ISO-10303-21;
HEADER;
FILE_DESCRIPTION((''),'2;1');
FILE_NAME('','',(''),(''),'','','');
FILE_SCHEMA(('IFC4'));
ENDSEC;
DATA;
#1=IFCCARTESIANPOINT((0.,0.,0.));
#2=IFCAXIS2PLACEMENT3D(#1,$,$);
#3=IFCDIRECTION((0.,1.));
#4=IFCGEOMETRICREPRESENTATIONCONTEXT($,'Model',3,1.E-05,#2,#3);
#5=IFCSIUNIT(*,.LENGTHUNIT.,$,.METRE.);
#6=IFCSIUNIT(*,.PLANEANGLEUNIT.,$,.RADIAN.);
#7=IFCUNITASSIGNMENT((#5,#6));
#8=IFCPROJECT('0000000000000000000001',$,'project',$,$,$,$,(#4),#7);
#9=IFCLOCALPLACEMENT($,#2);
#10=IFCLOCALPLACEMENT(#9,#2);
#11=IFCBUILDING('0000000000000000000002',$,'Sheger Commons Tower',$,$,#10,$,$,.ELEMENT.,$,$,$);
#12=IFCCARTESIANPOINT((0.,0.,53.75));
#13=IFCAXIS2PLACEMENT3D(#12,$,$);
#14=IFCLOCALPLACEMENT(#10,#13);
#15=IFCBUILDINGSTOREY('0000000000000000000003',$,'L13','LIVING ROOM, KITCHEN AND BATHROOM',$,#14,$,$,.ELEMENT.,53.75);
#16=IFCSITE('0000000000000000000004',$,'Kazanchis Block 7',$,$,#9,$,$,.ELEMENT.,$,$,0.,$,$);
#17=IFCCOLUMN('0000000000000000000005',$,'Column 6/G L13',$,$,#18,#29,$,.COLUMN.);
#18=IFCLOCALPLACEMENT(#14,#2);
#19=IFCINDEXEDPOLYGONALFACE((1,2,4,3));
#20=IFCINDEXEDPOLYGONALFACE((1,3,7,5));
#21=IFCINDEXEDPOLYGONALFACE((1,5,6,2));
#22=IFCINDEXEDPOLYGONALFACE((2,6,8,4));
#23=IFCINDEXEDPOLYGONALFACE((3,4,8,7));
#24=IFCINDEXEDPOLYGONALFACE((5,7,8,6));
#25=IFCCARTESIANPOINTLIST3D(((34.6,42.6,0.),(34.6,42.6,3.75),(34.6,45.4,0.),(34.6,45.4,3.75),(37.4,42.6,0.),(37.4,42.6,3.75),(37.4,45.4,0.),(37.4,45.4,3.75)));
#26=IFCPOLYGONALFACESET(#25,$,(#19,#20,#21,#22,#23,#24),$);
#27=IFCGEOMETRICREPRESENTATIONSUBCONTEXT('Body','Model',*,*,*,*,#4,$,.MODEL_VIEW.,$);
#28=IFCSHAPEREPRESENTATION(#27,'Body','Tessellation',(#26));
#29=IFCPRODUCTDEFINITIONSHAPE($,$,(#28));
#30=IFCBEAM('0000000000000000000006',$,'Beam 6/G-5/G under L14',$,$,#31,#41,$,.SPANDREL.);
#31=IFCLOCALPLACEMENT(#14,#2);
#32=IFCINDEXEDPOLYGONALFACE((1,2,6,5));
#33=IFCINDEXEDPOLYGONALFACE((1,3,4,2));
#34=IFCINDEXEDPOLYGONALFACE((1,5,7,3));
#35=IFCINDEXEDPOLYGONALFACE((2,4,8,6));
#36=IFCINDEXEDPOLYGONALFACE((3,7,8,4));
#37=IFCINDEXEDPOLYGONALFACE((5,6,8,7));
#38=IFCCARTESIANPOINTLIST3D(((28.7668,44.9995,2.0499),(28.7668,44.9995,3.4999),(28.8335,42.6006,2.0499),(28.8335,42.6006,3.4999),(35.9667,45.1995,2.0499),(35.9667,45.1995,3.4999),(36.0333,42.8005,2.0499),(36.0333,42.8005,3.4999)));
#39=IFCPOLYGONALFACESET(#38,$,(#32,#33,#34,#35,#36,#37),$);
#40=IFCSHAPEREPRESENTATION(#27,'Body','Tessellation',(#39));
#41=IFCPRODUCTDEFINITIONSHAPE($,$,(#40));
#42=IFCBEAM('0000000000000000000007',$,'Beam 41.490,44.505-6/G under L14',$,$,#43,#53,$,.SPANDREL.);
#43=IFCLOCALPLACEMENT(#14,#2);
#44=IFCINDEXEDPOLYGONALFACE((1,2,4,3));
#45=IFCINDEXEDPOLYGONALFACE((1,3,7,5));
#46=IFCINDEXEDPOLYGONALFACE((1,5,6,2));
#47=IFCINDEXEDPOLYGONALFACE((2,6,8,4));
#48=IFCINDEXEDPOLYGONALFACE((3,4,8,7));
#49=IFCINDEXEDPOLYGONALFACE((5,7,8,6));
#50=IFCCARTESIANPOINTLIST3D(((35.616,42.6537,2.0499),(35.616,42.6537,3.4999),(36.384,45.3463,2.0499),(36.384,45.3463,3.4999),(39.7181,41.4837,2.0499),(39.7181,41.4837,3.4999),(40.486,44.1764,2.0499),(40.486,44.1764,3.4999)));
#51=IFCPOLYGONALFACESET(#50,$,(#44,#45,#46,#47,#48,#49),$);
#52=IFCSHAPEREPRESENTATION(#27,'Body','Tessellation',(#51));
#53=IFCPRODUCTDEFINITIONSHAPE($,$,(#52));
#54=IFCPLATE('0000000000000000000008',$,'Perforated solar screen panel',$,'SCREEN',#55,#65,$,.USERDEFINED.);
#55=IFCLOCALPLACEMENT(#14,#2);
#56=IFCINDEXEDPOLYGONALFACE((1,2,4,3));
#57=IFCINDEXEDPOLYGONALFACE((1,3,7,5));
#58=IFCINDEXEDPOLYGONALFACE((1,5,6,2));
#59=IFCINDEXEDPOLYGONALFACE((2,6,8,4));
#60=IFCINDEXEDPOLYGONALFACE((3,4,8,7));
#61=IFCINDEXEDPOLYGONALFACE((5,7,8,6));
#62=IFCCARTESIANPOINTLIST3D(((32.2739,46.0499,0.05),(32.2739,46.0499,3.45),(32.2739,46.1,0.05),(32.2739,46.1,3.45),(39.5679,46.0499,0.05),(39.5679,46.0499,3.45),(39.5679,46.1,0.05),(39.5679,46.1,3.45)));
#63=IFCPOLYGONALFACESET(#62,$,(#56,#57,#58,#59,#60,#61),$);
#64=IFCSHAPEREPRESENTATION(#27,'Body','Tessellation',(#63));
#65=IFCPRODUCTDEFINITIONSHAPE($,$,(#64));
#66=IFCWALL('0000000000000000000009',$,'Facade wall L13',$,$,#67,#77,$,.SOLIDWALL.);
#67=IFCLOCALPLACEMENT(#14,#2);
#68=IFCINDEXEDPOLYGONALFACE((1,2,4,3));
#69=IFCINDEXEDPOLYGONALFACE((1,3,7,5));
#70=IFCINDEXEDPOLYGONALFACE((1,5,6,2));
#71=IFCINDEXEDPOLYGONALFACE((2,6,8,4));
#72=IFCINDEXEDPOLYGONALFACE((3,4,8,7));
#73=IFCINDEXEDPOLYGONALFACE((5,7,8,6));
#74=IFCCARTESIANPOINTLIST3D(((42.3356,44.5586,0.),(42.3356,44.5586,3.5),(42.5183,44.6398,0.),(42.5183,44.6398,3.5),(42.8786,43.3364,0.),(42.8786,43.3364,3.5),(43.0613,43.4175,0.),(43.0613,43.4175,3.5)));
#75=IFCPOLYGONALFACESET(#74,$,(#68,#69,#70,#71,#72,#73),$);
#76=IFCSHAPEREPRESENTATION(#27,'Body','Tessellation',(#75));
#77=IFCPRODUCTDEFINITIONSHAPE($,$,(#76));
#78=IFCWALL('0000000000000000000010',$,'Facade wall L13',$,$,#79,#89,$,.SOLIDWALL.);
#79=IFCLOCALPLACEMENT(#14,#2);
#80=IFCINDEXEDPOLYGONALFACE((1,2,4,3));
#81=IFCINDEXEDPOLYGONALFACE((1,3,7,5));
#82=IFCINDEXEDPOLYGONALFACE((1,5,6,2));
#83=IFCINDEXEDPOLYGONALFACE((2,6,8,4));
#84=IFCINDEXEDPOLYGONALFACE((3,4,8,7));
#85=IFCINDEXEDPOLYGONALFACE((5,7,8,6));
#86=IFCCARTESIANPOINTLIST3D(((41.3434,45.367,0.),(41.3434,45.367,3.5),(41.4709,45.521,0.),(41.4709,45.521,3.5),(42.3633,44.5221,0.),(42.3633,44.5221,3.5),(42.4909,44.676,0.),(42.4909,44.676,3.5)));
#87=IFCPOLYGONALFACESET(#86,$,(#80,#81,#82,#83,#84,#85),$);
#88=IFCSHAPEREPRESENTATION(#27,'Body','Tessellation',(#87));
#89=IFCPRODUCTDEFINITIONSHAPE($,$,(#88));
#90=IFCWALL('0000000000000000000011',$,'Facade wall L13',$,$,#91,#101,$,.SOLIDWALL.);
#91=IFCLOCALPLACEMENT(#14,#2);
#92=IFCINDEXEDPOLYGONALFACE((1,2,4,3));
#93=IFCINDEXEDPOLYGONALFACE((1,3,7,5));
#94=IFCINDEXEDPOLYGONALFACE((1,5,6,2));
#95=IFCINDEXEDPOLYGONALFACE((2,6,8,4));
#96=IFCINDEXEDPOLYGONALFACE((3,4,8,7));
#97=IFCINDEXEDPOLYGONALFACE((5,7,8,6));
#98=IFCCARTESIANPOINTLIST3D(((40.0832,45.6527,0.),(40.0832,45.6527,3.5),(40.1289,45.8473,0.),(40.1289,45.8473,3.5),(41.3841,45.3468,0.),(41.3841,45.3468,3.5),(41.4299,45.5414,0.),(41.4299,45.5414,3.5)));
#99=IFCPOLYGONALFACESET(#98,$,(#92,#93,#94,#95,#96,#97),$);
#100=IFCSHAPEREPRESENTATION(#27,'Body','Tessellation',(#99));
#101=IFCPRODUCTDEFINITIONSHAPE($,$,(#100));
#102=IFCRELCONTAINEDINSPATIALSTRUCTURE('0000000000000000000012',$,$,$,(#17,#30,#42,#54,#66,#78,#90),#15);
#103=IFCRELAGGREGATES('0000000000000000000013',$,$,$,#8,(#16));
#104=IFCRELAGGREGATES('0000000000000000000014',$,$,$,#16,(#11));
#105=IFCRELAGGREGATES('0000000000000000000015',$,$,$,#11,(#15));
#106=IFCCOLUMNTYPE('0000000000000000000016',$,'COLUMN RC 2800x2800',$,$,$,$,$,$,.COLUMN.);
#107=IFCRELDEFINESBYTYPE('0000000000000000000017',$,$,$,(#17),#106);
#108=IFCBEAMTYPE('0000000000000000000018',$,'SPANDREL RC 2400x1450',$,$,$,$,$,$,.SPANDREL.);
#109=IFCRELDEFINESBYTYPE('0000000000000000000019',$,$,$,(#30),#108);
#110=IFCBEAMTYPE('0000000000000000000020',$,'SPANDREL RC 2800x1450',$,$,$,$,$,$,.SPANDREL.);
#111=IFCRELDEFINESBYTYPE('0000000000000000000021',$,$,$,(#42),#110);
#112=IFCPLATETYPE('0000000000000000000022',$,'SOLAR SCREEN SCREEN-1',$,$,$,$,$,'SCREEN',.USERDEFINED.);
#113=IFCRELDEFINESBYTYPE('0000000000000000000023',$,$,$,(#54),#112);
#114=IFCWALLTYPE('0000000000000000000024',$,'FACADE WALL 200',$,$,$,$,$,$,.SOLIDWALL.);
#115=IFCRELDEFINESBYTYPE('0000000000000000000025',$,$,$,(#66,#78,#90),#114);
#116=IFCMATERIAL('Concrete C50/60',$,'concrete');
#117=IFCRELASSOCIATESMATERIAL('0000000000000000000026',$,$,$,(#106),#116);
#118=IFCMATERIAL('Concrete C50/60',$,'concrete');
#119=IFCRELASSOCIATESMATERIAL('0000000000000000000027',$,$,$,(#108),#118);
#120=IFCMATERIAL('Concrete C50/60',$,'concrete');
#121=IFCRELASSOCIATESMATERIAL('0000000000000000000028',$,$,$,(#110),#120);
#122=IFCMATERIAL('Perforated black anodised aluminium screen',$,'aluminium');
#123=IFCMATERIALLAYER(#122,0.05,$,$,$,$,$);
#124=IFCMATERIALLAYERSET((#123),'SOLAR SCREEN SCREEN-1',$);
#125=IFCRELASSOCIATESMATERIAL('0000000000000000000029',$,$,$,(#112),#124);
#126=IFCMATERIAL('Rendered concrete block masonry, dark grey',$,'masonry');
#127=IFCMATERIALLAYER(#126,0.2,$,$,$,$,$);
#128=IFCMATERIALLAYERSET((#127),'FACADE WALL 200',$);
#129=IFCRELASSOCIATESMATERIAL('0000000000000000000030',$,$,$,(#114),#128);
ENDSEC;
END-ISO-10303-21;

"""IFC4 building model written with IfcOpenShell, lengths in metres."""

from ifc_helpers import new_model, si_unit, direction, frame, frame_2d, origin, origin_2d, place, context, subcontext, project, spatial, rectangle, extrude, material, layer, layer_set, material_profile, profile_set, type_object, element, save


model = new_model("IFC4")

# Units and contexts
model_context = context("Model", 3, precision=1e-05, world=origin(), true_north=direction((0.0, 1.0)))
body_context = subcontext(model_context, "Body", "Model", "MODEL_VIEW")
ifc_project = project(units=[si_unit("LENGTHUNIT", "METRE"), si_unit("PLANEANGLEUNIT", "RADIAN")], contexts=[model_context])

# Site, building, storey
site_placement = place(None, origin())
site = spatial("IfcSite", under=ifc_project, at=site_placement, Name="Kazanchis Block 7", CompositionType="ELEMENT", RefElevation=0.0)
building_placement = place(site_placement, origin())
building = spatial("IfcBuilding", under=site, at=building_placement, Name="Sheger Commons Tower", CompositionType="ELEMENT")
storey_placement = place(building_placement, frame((0.0, 0.0, 53.75)))
storey = spatial("IfcBuildingStorey", under=building, at=storey_placement, Name="L13", Description="LIVING ROOM, KITCHEN AND BATHROOM", CompositionType="ELEMENT", Elevation=53.75)

# Column
ifc_material_1 = material(Name="Concrete C50/60", Category="concrete")
ifc_material_profile_1 = material_profile(ifc_material_1, rectangle(XDim=2.8, YDim=2.8, at=origin_2d()), Name="RC 2800x2800")
ifc_profile_set_1 = profile_set([ifc_material_profile_1], Name="Concrete C50/60")
column_type = type_object("IfcColumnType", Name="COLUMN RC 2800x2800", PredefinedType="COLUMN", material=ifc_profile_set_1)
column_placement = place(storey_placement, frame((36.0, 44.0, 0.0), z_axis=(0.0, 0.0, 1.0), x_axis=(1.0, 0.0, 0.0)))
element("IfcColumn", 1, at=column_placement, inside=storey, type_object=column_type, Name="Column 6/G L13", PredefinedType="COLUMN", context=body_context, shape_type="SweptSolid", body=[
    extrude(rectangle(XDim=2.8, YDim=2.8, at=origin_2d()), origin(), (0.0, 0.0, 1.0), 3.75),
])

# Beams
ifc_material_2 = material(Name="Concrete C50/60", Category="concrete")
ifc_material_profile_2 = material_profile(ifc_material_2, rectangle(XDim=2.3999, YDim=1.45, at=origin_2d()), Name="RC 2400x1450")
ifc_profile_set_2 = profile_set([ifc_material_profile_2], Name="Concrete C50/60")
beam_type_1 = type_object("IfcBeamType", Name="SPANDREL RC 2400x1450", PredefinedType="SPANDREL", material=ifc_profile_set_2)
beam_1_placement = place(storey_placement, frame((36.0, 44.0, 2.7749), z_axis=(-0.999615, -0.02776, 0.0), x_axis=(0.02776, -0.999615, 0.0)))
element("IfcBeam", 2, at=beam_1_placement, inside=storey, type_object=beam_type_1, Name="Beam 6/G-5/G under L14", PredefinedType="SPANDREL", context=body_context, shape_type="SweptSolid", body=[
    extrude(rectangle(XDim=2.3999, YDim=1.45, at=origin_2d()), origin(), (0.0, 0.0, 1.0), 7.2026),
])
ifc_material_3 = material(Name="Concrete C50/60", Category="concrete")
ifc_material_profile_3 = material_profile(ifc_material_3, rectangle(XDim=2.8, YDim=1.45, at=origin_2d()), Name="RC 2800x1450")
ifc_profile_set_3 = profile_set([ifc_material_profile_3], Name="Concrete C50/60")
beam_type_2 = type_object("IfcBeamType", Name="SPANDREL RC 2800x1450", PredefinedType="SPANDREL", material=ifc_profile_set_3)
beam_2_placement = place(storey_placement, frame((40.1021, 42.8301, 2.7749), z_axis=(-0.961653, 0.274268, 0.0), x_axis=(-0.274268, -0.961653, 0.0)))
element("IfcBeam", 3, at=beam_2_placement, inside=storey, type_object=beam_type_2, Name="Beam 41.490,44.505-6/G under L14", PredefinedType="SPANDREL", context=body_context, shape_type="SweptSolid", body=[
    extrude(rectangle(XDim=2.8, YDim=1.45, at=origin_2d()), origin(), (0.0, 0.0, 1.0), 4.2656),
])

# Plate
ifc_material_4 = material(Name="Perforated black anodised aluminium screen", Category="aluminium")
ifc_layer_1 = layer(ifc_material_4, 0.05)
ifc_layer_set_1 = layer_set([ifc_layer_1], Name="SOLAR SCREEN SCREEN-1")
plate_type = type_object("IfcPlateType", Name="SOLAR SCREEN SCREEN-1", ElementType="SCREEN", PredefinedType="USERDEFINED", material=ifc_layer_set_1)
plate_placement = place(storey_placement, frame((35.9209, 46.075, 0.05), z_axis=(0.0, 0.0, 1.0), x_axis=(-1.0, 0.0, 0.0)))
element("IfcPlate", 4, at=plate_placement, inside=storey, type_object=plate_type, Name="Perforated solar screen panel", ObjectType="SCREEN", PredefinedType="USERDEFINED", context=body_context, shape_type="SweptSolid", body=[
    extrude(rectangle(XDim=7.2939, YDim=0.05, at=origin_2d()), origin(), (0.0, 0.0, 1.0), 3.3999),
])

# Walls
ifc_material_5 = material(Name="Rendered concrete block masonry, dark grey", Category="masonry")
ifc_layer_2 = layer(ifc_material_5, 0.2)
ifc_layer_set_2 = layer_set([ifc_layer_2], Name="FACADE WALL 200")
wall_type_1 = type_object("IfcWallType", Name="FACADE WALL 200", PredefinedType="SOLIDWALL", material=ifc_layer_set_2)
wall_1_placement = place(storey_placement, frame((42.97, 43.377, 0.0), z_axis=(0.0, 0.0, 1.0), x_axis=(-0.406003, 0.913872, 0.0)))
element("IfcWall", 5, at=wall_1_placement, inside=storey, type_object=wall_type_1, Name="Facade wall L13", PredefinedType="SOLIDWALL", context=body_context, shape_type="SweptSolid", body=[
    extrude(rectangle(XDim=1.3374, YDim=0.2, at=frame_2d((0.6687, 0.0))), origin(), (0.0, 0.0, 1.0), 3.5),
])
wall_2_placement = place(storey_placement, frame((42.427, 44.5991, 0.0), z_axis=(0.0, 0.0, 1.0), x_axis=(-0.770091, 0.637934, 0.0)))
element("IfcWall", 6, at=wall_2_placement, inside=storey, type_object=wall_type_1, Name="Facade wall L13", PredefinedType="SOLIDWALL", context=body_context, shape_type="SweptSolid", body=[
    extrude(rectangle(XDim=1.3245, YDim=0.2, at=frame_2d((0.6621, 0.0))), origin(), (0.0, 0.0, 1.0), 3.5),
])
wall_3_placement = place(storey_placement, frame((41.407, 45.4441, 0.0), z_axis=(0.0, 0.0, 1.0), x_axis=(-0.973453, 0.228887, 0.0)))
element("IfcWall", 7, at=wall_3_placement, inside=storey, type_object=wall_type_1, Name="Facade wall L13", PredefinedType="SOLIDWALL", context=body_context, shape_type="SweptSolid", body=[
    extrude(rectangle(XDim=1.3364, YDim=0.2, at=frame_2d((0.6682, 0.0))), origin(), (0.0, 0.0, 1.0), 3.5),
])

save(model, "model.ifc")
